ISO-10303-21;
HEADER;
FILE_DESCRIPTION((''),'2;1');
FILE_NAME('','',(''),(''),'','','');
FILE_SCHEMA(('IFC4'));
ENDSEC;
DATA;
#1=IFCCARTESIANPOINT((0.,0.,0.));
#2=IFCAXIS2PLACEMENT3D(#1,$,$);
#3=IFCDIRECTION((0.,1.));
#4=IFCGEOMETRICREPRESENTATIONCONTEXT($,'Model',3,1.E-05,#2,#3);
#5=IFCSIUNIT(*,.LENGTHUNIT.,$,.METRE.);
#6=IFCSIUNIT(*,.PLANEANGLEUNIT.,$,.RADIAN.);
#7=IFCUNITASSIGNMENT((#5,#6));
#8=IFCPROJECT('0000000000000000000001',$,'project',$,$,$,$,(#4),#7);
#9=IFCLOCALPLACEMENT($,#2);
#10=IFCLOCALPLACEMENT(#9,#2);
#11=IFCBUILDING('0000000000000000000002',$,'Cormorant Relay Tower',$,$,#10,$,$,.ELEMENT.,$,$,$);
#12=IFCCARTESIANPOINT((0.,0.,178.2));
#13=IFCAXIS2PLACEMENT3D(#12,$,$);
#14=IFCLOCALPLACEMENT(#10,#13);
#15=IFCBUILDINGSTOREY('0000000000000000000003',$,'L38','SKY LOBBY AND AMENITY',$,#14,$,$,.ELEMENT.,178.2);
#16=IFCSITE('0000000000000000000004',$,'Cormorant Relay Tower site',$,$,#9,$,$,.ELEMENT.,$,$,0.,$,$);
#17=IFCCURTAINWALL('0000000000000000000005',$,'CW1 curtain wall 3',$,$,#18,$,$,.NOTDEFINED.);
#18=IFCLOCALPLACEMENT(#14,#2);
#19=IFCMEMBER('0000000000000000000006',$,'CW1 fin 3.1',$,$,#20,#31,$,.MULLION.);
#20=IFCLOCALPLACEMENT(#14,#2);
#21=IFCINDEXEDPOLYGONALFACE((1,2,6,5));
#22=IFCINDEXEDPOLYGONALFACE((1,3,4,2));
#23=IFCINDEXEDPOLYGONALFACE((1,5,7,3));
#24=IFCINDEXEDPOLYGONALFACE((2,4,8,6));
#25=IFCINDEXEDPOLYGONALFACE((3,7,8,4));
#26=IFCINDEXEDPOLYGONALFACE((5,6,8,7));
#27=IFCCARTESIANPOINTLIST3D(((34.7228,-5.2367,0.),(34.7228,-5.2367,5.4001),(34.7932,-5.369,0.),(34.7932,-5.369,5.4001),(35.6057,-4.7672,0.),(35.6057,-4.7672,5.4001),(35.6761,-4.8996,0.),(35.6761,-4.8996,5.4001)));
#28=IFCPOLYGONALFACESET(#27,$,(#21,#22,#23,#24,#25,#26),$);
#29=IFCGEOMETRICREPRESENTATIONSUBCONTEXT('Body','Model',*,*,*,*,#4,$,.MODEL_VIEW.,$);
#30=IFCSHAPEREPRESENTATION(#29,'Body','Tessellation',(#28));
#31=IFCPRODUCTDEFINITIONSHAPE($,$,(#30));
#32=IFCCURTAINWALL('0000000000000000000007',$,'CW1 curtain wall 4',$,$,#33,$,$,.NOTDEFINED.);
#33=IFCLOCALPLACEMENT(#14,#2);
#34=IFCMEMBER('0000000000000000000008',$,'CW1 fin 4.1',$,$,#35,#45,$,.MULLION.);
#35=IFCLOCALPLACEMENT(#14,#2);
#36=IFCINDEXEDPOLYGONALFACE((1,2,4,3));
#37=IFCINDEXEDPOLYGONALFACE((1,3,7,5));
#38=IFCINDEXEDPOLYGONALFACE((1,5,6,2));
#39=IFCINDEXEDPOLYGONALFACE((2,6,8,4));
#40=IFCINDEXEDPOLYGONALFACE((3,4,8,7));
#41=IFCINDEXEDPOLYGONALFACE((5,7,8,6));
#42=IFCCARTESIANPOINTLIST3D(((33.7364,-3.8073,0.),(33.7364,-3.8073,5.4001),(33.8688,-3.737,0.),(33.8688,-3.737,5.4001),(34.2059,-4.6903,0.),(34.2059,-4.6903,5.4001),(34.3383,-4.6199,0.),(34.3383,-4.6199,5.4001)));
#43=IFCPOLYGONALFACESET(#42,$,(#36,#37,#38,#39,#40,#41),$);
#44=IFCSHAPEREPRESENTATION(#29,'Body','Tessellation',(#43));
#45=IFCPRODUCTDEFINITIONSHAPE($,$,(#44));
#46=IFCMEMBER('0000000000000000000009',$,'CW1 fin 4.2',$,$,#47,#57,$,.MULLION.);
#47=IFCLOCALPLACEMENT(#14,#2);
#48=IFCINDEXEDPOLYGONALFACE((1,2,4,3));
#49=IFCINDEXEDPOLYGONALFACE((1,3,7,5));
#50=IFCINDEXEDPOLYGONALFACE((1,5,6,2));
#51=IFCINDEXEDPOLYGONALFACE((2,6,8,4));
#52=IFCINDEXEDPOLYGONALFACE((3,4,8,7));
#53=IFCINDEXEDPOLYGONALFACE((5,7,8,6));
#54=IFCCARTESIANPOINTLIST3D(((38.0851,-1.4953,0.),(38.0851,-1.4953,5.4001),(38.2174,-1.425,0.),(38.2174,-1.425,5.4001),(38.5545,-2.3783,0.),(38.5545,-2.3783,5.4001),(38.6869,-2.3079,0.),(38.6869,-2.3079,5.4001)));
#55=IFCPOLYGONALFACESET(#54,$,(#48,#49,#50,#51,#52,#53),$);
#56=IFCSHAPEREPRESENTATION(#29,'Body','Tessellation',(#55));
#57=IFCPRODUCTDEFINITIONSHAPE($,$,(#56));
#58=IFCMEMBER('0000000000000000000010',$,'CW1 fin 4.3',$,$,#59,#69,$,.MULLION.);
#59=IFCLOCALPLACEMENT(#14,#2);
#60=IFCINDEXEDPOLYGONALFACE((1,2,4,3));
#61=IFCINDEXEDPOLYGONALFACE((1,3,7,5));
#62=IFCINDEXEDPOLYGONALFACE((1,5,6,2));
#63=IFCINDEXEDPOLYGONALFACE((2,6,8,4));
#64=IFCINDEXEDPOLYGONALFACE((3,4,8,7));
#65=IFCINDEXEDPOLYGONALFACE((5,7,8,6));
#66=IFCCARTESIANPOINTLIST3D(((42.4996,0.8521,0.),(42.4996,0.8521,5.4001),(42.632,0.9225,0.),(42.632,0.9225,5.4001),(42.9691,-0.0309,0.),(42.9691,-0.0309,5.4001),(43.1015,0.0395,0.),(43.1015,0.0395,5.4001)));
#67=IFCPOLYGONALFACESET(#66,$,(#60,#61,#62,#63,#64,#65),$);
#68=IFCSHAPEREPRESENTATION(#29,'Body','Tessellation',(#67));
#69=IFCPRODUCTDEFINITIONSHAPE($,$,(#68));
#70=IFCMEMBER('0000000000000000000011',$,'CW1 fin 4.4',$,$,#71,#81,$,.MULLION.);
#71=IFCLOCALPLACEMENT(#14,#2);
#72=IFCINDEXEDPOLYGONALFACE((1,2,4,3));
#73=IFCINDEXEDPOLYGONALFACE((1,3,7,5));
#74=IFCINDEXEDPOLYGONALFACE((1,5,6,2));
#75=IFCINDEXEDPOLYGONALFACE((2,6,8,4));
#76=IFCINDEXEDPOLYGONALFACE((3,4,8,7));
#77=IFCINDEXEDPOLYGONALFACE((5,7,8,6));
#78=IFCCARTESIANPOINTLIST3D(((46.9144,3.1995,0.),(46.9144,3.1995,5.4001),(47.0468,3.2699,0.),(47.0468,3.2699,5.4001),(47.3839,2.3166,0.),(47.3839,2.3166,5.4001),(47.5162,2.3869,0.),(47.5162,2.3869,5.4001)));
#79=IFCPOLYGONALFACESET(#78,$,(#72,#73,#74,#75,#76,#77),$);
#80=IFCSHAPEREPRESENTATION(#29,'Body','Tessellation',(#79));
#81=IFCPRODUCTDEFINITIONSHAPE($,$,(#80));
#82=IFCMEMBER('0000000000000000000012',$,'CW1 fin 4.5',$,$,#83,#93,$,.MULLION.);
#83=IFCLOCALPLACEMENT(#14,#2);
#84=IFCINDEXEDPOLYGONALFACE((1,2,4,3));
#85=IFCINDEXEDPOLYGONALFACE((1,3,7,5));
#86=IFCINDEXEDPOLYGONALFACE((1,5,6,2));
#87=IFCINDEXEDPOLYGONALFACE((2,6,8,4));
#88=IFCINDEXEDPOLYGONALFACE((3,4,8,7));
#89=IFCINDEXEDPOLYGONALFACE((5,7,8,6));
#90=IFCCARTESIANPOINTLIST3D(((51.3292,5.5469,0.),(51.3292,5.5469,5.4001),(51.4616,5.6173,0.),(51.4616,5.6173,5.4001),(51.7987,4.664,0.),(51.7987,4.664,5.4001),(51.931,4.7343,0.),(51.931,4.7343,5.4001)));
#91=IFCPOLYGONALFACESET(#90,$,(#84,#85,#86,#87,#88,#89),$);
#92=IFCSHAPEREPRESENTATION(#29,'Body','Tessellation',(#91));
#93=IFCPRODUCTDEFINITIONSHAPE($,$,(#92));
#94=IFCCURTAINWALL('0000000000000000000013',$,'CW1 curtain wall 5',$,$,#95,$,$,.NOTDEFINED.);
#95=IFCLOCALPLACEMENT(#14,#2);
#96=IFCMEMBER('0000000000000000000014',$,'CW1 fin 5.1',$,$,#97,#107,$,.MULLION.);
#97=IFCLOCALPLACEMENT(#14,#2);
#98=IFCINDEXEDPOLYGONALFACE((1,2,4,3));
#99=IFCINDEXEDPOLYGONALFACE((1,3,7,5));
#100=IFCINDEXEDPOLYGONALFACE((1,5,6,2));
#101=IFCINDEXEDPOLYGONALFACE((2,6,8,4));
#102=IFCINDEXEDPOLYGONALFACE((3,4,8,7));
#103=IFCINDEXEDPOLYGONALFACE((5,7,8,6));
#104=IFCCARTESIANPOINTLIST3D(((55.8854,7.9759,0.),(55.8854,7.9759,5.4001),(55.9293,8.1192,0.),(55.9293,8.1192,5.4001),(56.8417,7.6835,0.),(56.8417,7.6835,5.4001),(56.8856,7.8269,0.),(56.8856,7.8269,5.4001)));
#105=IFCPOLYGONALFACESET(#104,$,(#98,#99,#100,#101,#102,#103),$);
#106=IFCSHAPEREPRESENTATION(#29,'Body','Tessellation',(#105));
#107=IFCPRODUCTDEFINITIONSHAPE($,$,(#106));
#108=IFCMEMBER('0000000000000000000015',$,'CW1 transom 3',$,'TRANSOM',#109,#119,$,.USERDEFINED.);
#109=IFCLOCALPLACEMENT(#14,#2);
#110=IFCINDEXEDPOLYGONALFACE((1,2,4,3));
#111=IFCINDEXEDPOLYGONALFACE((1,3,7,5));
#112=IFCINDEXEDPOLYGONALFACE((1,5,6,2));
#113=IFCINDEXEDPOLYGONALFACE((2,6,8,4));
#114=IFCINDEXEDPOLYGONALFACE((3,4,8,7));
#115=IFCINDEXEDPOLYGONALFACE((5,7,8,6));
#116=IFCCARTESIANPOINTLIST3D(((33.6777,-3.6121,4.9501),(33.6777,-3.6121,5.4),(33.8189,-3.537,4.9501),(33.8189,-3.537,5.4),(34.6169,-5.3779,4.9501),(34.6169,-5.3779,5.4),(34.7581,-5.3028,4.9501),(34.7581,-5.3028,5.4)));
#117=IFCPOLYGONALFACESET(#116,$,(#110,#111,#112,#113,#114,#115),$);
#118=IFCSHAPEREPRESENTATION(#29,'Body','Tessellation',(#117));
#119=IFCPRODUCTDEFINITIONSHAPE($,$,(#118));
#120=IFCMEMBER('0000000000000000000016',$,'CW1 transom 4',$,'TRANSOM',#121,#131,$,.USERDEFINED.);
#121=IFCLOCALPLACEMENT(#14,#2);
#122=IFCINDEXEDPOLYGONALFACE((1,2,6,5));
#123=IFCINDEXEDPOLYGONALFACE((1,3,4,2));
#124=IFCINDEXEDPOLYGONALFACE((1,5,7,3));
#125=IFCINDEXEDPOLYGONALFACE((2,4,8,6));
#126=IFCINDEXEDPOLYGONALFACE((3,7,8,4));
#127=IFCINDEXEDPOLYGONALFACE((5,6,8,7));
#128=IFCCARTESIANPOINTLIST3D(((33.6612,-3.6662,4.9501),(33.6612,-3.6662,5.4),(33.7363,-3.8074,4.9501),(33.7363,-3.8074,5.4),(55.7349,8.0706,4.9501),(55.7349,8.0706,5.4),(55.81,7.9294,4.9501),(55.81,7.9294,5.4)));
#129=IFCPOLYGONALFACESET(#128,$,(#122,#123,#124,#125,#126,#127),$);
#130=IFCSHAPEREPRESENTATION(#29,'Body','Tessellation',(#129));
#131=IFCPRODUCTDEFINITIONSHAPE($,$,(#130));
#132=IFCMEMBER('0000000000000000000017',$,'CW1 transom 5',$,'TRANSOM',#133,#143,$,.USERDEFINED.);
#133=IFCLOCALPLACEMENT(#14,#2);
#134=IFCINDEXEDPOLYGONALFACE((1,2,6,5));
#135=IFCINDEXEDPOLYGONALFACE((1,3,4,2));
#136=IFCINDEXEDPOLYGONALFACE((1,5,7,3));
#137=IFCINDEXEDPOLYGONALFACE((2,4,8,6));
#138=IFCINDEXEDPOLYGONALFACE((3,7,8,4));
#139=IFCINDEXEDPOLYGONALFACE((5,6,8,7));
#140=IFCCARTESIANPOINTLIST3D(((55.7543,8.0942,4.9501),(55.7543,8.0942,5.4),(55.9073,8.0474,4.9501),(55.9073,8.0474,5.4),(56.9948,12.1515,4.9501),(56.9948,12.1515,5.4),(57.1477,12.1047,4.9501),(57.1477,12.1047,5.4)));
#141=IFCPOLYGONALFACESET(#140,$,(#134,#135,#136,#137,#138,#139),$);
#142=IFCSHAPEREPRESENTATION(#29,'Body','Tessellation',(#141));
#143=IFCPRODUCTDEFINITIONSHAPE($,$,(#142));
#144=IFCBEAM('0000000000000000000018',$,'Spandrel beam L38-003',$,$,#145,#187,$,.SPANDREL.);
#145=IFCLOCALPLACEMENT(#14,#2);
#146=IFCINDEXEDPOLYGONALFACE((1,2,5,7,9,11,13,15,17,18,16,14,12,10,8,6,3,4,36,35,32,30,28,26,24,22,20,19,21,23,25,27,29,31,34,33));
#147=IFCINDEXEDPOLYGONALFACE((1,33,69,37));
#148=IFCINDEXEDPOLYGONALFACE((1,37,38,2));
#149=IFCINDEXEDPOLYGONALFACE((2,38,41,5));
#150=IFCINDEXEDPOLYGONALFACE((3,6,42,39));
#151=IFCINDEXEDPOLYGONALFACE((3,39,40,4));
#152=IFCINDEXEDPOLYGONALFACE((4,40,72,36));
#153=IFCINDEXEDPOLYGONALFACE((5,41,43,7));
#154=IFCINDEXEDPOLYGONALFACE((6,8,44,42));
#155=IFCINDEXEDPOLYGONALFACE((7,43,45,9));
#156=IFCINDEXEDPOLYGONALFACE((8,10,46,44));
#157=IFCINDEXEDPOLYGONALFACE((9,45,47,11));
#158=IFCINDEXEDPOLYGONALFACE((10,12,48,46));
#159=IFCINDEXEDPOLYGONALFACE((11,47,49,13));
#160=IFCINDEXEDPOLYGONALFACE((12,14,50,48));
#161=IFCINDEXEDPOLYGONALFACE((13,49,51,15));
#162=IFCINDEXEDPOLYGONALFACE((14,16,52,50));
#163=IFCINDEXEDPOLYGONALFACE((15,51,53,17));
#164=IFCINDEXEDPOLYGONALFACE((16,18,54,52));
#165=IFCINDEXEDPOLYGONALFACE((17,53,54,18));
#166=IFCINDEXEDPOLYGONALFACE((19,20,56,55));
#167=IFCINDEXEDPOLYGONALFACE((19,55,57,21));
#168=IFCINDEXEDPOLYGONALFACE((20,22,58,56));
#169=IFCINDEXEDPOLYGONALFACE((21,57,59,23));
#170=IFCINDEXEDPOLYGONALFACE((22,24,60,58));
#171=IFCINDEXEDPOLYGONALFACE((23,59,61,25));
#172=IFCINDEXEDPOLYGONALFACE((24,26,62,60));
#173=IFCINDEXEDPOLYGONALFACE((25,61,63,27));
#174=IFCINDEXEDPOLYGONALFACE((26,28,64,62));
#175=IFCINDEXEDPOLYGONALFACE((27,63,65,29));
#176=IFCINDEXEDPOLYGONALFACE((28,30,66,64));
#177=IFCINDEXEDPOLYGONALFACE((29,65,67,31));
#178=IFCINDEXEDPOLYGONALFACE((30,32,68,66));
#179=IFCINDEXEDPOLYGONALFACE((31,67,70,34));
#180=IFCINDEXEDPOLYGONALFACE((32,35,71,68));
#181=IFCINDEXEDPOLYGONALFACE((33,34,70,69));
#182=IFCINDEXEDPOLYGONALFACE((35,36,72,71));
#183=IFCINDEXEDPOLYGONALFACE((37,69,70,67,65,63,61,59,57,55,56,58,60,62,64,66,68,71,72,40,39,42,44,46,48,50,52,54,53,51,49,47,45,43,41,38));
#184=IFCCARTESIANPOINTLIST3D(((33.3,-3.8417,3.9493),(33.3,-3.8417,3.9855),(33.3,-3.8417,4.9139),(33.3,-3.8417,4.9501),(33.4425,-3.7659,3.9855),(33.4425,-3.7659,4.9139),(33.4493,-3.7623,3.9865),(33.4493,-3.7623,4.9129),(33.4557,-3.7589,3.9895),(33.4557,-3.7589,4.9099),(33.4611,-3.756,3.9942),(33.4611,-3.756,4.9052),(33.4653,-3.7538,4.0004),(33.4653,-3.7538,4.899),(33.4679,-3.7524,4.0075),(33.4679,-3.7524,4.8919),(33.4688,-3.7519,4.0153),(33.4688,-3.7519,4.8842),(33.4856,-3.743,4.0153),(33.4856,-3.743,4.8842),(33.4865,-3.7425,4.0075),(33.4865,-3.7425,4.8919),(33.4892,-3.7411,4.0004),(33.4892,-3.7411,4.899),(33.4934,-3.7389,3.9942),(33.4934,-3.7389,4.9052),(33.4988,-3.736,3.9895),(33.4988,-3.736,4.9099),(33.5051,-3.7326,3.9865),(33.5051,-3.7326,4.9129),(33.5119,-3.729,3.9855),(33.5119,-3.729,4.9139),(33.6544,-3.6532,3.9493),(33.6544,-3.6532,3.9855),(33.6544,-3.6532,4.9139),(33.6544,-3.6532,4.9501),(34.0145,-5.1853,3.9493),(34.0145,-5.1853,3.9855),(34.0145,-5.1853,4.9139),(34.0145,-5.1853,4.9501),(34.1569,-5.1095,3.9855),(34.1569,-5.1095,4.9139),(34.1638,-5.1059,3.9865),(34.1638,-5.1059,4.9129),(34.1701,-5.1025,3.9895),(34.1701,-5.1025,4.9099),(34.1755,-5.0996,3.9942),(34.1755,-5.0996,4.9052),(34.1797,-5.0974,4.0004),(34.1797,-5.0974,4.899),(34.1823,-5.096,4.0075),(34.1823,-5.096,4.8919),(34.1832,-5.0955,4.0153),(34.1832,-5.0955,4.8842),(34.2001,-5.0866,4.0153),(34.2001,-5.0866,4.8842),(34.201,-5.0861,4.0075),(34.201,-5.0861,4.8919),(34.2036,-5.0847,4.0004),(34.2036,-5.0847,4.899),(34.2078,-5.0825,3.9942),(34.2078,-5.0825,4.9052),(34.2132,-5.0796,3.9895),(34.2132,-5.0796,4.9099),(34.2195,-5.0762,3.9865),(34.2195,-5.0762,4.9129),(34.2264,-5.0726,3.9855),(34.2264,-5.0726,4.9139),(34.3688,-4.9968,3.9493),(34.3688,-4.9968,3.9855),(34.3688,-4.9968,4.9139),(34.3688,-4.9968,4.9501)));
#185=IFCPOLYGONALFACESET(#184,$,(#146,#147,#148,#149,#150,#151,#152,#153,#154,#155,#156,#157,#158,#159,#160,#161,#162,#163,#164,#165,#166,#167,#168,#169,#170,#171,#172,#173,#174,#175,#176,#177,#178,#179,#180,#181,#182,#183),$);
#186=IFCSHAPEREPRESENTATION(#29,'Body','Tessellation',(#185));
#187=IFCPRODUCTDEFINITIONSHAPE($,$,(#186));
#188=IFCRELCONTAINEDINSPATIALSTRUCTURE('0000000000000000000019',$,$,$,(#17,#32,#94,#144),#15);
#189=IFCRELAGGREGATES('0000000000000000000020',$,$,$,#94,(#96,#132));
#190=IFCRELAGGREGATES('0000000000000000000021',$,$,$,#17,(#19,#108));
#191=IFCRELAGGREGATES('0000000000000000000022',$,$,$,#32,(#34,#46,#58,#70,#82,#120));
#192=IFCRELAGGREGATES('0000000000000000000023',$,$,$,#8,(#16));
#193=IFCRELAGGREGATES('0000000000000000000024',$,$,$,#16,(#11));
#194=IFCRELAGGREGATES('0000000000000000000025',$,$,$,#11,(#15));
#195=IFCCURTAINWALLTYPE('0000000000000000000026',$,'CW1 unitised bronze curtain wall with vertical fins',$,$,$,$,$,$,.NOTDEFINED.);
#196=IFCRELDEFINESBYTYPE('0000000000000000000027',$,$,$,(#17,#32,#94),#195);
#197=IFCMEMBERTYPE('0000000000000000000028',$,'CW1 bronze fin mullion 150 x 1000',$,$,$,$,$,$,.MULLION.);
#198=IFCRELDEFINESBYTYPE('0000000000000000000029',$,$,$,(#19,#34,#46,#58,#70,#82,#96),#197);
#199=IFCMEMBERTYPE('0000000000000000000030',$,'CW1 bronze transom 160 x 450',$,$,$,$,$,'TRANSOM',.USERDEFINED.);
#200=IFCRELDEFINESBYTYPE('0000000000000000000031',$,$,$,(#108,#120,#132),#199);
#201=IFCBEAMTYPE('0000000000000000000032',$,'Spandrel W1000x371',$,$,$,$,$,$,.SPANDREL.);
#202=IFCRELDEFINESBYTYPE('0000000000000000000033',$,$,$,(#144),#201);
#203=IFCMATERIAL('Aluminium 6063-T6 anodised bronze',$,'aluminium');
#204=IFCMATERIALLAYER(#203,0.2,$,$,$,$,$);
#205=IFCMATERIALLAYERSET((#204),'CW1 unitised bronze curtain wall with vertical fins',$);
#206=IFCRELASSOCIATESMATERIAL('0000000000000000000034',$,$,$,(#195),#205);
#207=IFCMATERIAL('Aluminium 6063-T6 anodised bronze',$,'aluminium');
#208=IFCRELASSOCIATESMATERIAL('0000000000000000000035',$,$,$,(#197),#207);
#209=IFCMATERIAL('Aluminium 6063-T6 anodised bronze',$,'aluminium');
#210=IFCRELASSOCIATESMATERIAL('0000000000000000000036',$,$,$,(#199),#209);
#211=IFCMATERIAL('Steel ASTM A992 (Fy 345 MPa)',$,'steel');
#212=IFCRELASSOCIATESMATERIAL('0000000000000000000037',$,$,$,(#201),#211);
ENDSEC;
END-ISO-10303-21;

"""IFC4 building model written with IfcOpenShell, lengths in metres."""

from ifc_helpers import new_model, si_unit, direction, frame, origin, origin_2d, place, context, subcontext, project, spatial, rectangle, i_section, extrude, material, layer, layer_set, material_profile, profile_set, type_object, element, aggregate, save


model = new_model("IFC4")

# Units and contexts
model_context = context("Model", 3, precision=1e-05, world=origin(), true_north=direction((0.0, 1.0)))
body_context = subcontext(model_context, "Body", "Model", "MODEL_VIEW")
ifc_project = project(units=[si_unit("LENGTHUNIT", "METRE"), si_unit("PLANEANGLEUNIT", "RADIAN")], contexts=[model_context])

# Site, building, storey
site_placement = place(None, origin())
site = spatial("IfcSite", under=ifc_project, at=site_placement, Name="Cormorant Relay Tower site", CompositionType="ELEMENT", RefElevation=0.0)
building_placement = place(site_placement, origin())
building = spatial("IfcBuilding", under=site, at=building_placement, Name="Cormorant Relay Tower", CompositionType="ELEMENT")
storey_placement = place(building_placement, frame((0.0, 0.0, 178.2)))
storey = spatial("IfcBuildingStorey", under=building, at=storey_placement, Name="L38", Description="SKY LOBBY AND AMENITY", CompositionType="ELEMENT", Elevation=178.2)

# Curtain wall, member
ifc_material_1 = material(Name="Aluminium 6063-T6 anodised bronze", Category="aluminium")
ifc_layer_1 = layer(ifc_material_1, 0.2)
ifc_layer_set_1 = layer_set([ifc_layer_1], Name="CW1 unitised bronze curtain wall with vertical fins")
curtain_wall_type = type_object("IfcCurtainWallType", Name="CW1 unitised bronze curtain wall with vertical fins", PredefinedType="NOTDEFINED", material=ifc_layer_set_1)
curtain_wall_1_placement = place(storey_placement, origin())
curtain_wall_1 = element("IfcCurtainWall", 1, at=curtain_wall_1_placement, inside=storey, type_object=curtain_wall_type, Name="CW1 curtain wall 3", PredefinedType="NOTDEFINED")
ifc_material_2 = material(Name="Aluminium 6063-T6 anodised bronze", Category="aluminium")
ifc_material_profile_1 = material_profile(ifc_material_2, rectangle(XDim=0.1499, YDim=1.0, at=origin_2d()), Name="AL 150x1000")
ifc_profile_set_1 = profile_set([ifc_material_profile_1], Name="Aluminium 6063-T6 anodised bronze")
member_type_1 = type_object("IfcMemberType", Name="CW1 bronze fin mullion 150 x 1000", PredefinedType="MULLION", material=ifc_profile_set_1)
member_1_placement = place(storey_placement, frame((35.1995, -5.0681, 0.0), z_axis=(0.0, 0.0, 1.0), x_axis=(-0.469472, 0.882948, 0.0)))
member_1 = element("IfcMember", 2, at=member_1_placement, type_object=member_type_1, Name="CW1 fin 3.1", PredefinedType="MULLION", context=body_context, shape_type="SweptSolid", body=[
    extrude(rectangle(XDim=0.1499, YDim=1.0, at=origin_2d()), origin(), (0.0, 0.0, 1.0), 5.4001),
])

# Curtain wall, members
curtain_wall_2_placement = place(storey_placement, origin())
curtain_wall_2 = element("IfcCurtainWall", 3, at=curtain_wall_2_placement, inside=storey, type_object=curtain_wall_type, Name="CW1 curtain wall 4", PredefinedType="NOTDEFINED")
member_2_placement = place(storey_placement, frame((34.0374, -4.2136, 0.0), z_axis=(0.0, 0.0, 1.0), x_axis=(0.882948, 0.469472, 0.0)))
member_2 = element("IfcMember", 4, at=member_2_placement, type_object=member_type_1, Name="CW1 fin 4.1", PredefinedType="MULLION", context=body_context, shape_type="SweptSolid", body=[
    extrude(rectangle(XDim=0.1499, YDim=1.0, at=origin_2d()), origin(), (0.0, 0.0, 1.0), 5.4001),
])
member_3_placement = place(storey_placement, frame((38.386, -1.9016, 0.0), z_axis=(0.0, 0.0, 1.0), x_axis=(0.882948, 0.469472, 0.0)))
member_3 = element("IfcMember", 5, at=member_3_placement, type_object=member_type_1, Name="CW1 fin 4.2", PredefinedType="MULLION", context=body_context, shape_type="SweptSolid", body=[
    extrude(rectangle(XDim=0.1499, YDim=1.0, at=origin_2d()), origin(), (0.0, 0.0, 1.0), 5.4001),
])
member_4_placement = place(storey_placement, frame((42.8005, 0.4458, 0.0), z_axis=(0.0, 0.0, 1.0), x_axis=(0.882948, 0.469472, 0.0)))
member_4 = element("IfcMember", 6, at=member_4_placement, type_object=member_type_1, Name="CW1 fin 4.3", PredefinedType="MULLION", context=body_context, shape_type="SweptSolid", body=[
    extrude(rectangle(XDim=0.1499, YDim=1.0, at=origin_2d()), origin(), (0.0, 0.0, 1.0), 5.4001),
])
member_5_placement = place(storey_placement, frame((47.2153, 2.7932, 0.0), z_axis=(0.0, 0.0, 1.0), x_axis=(0.882948, 0.469472, 0.0)))
member_5 = element("IfcMember", 7, at=member_5_placement, type_object=member_type_1, Name="CW1 fin 4.4", PredefinedType="MULLION", context=body_context, shape_type="SweptSolid", body=[
    extrude(rectangle(XDim=0.1499, YDim=1.0, at=origin_2d()), origin(), (0.0, 0.0, 1.0), 5.4001),
])
member_6_placement = place(storey_placement, frame((51.6301, 5.1406, 0.0), z_axis=(0.0, 0.0, 1.0), x_axis=(0.882948, 0.469472, 0.0)))
member_6 = element("IfcMember", 8, at=member_6_placement, type_object=member_type_1, Name="CW1 fin 4.5", PredefinedType="MULLION", context=body_context, shape_type="SweptSolid", body=[
    extrude(rectangle(XDim=0.1499, YDim=1.0, at=origin_2d()), origin(), (0.0, 0.0, 1.0), 5.4001),
])

# Curtain wall, member
curtain_wall_3_placement = place(storey_placement, origin())
curtain_wall_3 = element("IfcCurtainWall", 9, at=curtain_wall_3_placement, inside=storey, type_object=curtain_wall_type, Name="CW1 curtain wall 5", PredefinedType="NOTDEFINED")
member_7_placement = place(storey_placement, frame((56.3855, 7.9014, 0.0), z_axis=(0.0, 0.0, 1.0), x_axis=(0.292372, 0.956305, 0.0)))
member_7 = element("IfcMember", 10, at=member_7_placement, type_object=member_type_1, Name="CW1 fin 5.1", PredefinedType="MULLION", context=body_context, shape_type="SweptSolid", body=[
    extrude(rectangle(XDim=0.1499, YDim=1.0, at=origin_2d()), origin(), (0.0, 0.0, 1.0), 5.4001),
])

# Members
ifc_material_3 = material(Name="Aluminium 6063-T6 anodised bronze", Category="aluminium")
ifc_material_profile_2 = material_profile(ifc_material_3, rectangle(XDim=0.1599, YDim=0.45, at=origin_2d()), Name="AL 160x450")
ifc_profile_set_2 = profile_set([ifc_material_profile_2], Name="Aluminium 6063-T6 anodised bronze")
member_type_2 = type_object("IfcMemberType", Name="CW1 bronze transom 160 x 450", ElementType="TRANSOM", PredefinedType="USERDEFINED", material=ifc_profile_set_2)
member_8_placement = place(storey_placement, frame((34.6875, -5.3403, 5.175), z_axis=(-0.469581, 0.88289, 0.0), x_axis=(-0.88289, -0.469581, 0.0)))
member_8 = element("IfcMember", 11, at=member_8_placement, type_object=member_type_2, Name="CW1 transom 3", ObjectType="TRANSOM", PredefinedType="USERDEFINED", context=body_context, shape_type="SweptSolid", body=[
    extrude(rectangle(XDim=0.1599, YDim=0.45, at=origin_2d()), origin(), (0.0, 0.0, 1.0), 2.0),
])
member_9_placement = place(storey_placement, frame((33.6987, -3.7368, 5.175), z_axis=(0.882947, 0.469472, 0.0), x_axis=(-0.469472, 0.882947, 0.0)))
member_9 = element("IfcMember", 12, at=member_9_placement, type_object=member_type_2, Name="CW1 transom 4", ObjectType="TRANSOM", PredefinedType="USERDEFINED", context=body_context, shape_type="SweptSolid", body=[
    extrude(rectangle(XDim=0.1599, YDim=0.45, at=origin_2d()), origin(), (0.0, 0.0, 1.0), 25.0),
])
member_10_placement = place(storey_placement, frame((55.8308, 8.0708, 5.175), z_axis=(0.292375, 0.956304, 0.0), x_axis=(-0.956304, 0.292375, 0.0)))
member_10 = element("IfcMember", 13, at=member_10_placement, type_object=member_type_2, Name="CW1 transom 5", ObjectType="TRANSOM", PredefinedType="USERDEFINED", context=body_context, shape_type="SweptSolid", body=[
    extrude(rectangle(XDim=0.1599, YDim=0.45, at=origin_2d()), origin(), (0.0, 0.0, 1.0), 4.2427),
])
aggregate(curtain_wall_3, [member_7, member_10])

# Beam
ifc_material_4 = material(Name="Steel ASTM A992 (Fy 345 MPa)", Category="steel")
ifc_material_profile_3 = material_profile(ifc_material_4, i_section(OverallWidth=0.4014, OverallDepth=1.0007, WebThickness=0.019, FlangeThickness=0.0361, FilletRadius=0.0298, at=origin_2d()), Name="W1000x371")
ifc_profile_set_3 = profile_set([ifc_material_profile_3], Name="Steel ASTM A992 (Fy 345 MPa)")
beam_type = type_object("IfcBeamType", Name="Spandrel W1000x371", PredefinedType="SPANDREL", material=ifc_profile_set_3)
beam_1_placement = place(storey_placement, frame((34.1917, -5.0911, 4.4497), z_axis=(-0.469472, 0.882947, 0.0), x_axis=(-0.882947, -0.469472, 0.0)))
element("IfcBeam", 14, at=beam_1_placement, inside=storey, type_object=beam_type, Name="Spandrel beam L38-003", PredefinedType="SPANDREL", context=body_context, shape_type="SweptSolid", body=[
    extrude(i_section(OverallWidth=0.4014, OverallDepth=1.0007, WebThickness=0.019, FlangeThickness=0.0361, FilletRadius=0.0298, at=origin_2d()), origin(), (0.0, 0.0, 1.0), 1.5217),
])

aggregate(curtain_wall_1, [member_1, member_8])
aggregate(curtain_wall_2, [member_2, member_3, member_4, member_5, member_6, member_9])

save(model, "model.ifc")
